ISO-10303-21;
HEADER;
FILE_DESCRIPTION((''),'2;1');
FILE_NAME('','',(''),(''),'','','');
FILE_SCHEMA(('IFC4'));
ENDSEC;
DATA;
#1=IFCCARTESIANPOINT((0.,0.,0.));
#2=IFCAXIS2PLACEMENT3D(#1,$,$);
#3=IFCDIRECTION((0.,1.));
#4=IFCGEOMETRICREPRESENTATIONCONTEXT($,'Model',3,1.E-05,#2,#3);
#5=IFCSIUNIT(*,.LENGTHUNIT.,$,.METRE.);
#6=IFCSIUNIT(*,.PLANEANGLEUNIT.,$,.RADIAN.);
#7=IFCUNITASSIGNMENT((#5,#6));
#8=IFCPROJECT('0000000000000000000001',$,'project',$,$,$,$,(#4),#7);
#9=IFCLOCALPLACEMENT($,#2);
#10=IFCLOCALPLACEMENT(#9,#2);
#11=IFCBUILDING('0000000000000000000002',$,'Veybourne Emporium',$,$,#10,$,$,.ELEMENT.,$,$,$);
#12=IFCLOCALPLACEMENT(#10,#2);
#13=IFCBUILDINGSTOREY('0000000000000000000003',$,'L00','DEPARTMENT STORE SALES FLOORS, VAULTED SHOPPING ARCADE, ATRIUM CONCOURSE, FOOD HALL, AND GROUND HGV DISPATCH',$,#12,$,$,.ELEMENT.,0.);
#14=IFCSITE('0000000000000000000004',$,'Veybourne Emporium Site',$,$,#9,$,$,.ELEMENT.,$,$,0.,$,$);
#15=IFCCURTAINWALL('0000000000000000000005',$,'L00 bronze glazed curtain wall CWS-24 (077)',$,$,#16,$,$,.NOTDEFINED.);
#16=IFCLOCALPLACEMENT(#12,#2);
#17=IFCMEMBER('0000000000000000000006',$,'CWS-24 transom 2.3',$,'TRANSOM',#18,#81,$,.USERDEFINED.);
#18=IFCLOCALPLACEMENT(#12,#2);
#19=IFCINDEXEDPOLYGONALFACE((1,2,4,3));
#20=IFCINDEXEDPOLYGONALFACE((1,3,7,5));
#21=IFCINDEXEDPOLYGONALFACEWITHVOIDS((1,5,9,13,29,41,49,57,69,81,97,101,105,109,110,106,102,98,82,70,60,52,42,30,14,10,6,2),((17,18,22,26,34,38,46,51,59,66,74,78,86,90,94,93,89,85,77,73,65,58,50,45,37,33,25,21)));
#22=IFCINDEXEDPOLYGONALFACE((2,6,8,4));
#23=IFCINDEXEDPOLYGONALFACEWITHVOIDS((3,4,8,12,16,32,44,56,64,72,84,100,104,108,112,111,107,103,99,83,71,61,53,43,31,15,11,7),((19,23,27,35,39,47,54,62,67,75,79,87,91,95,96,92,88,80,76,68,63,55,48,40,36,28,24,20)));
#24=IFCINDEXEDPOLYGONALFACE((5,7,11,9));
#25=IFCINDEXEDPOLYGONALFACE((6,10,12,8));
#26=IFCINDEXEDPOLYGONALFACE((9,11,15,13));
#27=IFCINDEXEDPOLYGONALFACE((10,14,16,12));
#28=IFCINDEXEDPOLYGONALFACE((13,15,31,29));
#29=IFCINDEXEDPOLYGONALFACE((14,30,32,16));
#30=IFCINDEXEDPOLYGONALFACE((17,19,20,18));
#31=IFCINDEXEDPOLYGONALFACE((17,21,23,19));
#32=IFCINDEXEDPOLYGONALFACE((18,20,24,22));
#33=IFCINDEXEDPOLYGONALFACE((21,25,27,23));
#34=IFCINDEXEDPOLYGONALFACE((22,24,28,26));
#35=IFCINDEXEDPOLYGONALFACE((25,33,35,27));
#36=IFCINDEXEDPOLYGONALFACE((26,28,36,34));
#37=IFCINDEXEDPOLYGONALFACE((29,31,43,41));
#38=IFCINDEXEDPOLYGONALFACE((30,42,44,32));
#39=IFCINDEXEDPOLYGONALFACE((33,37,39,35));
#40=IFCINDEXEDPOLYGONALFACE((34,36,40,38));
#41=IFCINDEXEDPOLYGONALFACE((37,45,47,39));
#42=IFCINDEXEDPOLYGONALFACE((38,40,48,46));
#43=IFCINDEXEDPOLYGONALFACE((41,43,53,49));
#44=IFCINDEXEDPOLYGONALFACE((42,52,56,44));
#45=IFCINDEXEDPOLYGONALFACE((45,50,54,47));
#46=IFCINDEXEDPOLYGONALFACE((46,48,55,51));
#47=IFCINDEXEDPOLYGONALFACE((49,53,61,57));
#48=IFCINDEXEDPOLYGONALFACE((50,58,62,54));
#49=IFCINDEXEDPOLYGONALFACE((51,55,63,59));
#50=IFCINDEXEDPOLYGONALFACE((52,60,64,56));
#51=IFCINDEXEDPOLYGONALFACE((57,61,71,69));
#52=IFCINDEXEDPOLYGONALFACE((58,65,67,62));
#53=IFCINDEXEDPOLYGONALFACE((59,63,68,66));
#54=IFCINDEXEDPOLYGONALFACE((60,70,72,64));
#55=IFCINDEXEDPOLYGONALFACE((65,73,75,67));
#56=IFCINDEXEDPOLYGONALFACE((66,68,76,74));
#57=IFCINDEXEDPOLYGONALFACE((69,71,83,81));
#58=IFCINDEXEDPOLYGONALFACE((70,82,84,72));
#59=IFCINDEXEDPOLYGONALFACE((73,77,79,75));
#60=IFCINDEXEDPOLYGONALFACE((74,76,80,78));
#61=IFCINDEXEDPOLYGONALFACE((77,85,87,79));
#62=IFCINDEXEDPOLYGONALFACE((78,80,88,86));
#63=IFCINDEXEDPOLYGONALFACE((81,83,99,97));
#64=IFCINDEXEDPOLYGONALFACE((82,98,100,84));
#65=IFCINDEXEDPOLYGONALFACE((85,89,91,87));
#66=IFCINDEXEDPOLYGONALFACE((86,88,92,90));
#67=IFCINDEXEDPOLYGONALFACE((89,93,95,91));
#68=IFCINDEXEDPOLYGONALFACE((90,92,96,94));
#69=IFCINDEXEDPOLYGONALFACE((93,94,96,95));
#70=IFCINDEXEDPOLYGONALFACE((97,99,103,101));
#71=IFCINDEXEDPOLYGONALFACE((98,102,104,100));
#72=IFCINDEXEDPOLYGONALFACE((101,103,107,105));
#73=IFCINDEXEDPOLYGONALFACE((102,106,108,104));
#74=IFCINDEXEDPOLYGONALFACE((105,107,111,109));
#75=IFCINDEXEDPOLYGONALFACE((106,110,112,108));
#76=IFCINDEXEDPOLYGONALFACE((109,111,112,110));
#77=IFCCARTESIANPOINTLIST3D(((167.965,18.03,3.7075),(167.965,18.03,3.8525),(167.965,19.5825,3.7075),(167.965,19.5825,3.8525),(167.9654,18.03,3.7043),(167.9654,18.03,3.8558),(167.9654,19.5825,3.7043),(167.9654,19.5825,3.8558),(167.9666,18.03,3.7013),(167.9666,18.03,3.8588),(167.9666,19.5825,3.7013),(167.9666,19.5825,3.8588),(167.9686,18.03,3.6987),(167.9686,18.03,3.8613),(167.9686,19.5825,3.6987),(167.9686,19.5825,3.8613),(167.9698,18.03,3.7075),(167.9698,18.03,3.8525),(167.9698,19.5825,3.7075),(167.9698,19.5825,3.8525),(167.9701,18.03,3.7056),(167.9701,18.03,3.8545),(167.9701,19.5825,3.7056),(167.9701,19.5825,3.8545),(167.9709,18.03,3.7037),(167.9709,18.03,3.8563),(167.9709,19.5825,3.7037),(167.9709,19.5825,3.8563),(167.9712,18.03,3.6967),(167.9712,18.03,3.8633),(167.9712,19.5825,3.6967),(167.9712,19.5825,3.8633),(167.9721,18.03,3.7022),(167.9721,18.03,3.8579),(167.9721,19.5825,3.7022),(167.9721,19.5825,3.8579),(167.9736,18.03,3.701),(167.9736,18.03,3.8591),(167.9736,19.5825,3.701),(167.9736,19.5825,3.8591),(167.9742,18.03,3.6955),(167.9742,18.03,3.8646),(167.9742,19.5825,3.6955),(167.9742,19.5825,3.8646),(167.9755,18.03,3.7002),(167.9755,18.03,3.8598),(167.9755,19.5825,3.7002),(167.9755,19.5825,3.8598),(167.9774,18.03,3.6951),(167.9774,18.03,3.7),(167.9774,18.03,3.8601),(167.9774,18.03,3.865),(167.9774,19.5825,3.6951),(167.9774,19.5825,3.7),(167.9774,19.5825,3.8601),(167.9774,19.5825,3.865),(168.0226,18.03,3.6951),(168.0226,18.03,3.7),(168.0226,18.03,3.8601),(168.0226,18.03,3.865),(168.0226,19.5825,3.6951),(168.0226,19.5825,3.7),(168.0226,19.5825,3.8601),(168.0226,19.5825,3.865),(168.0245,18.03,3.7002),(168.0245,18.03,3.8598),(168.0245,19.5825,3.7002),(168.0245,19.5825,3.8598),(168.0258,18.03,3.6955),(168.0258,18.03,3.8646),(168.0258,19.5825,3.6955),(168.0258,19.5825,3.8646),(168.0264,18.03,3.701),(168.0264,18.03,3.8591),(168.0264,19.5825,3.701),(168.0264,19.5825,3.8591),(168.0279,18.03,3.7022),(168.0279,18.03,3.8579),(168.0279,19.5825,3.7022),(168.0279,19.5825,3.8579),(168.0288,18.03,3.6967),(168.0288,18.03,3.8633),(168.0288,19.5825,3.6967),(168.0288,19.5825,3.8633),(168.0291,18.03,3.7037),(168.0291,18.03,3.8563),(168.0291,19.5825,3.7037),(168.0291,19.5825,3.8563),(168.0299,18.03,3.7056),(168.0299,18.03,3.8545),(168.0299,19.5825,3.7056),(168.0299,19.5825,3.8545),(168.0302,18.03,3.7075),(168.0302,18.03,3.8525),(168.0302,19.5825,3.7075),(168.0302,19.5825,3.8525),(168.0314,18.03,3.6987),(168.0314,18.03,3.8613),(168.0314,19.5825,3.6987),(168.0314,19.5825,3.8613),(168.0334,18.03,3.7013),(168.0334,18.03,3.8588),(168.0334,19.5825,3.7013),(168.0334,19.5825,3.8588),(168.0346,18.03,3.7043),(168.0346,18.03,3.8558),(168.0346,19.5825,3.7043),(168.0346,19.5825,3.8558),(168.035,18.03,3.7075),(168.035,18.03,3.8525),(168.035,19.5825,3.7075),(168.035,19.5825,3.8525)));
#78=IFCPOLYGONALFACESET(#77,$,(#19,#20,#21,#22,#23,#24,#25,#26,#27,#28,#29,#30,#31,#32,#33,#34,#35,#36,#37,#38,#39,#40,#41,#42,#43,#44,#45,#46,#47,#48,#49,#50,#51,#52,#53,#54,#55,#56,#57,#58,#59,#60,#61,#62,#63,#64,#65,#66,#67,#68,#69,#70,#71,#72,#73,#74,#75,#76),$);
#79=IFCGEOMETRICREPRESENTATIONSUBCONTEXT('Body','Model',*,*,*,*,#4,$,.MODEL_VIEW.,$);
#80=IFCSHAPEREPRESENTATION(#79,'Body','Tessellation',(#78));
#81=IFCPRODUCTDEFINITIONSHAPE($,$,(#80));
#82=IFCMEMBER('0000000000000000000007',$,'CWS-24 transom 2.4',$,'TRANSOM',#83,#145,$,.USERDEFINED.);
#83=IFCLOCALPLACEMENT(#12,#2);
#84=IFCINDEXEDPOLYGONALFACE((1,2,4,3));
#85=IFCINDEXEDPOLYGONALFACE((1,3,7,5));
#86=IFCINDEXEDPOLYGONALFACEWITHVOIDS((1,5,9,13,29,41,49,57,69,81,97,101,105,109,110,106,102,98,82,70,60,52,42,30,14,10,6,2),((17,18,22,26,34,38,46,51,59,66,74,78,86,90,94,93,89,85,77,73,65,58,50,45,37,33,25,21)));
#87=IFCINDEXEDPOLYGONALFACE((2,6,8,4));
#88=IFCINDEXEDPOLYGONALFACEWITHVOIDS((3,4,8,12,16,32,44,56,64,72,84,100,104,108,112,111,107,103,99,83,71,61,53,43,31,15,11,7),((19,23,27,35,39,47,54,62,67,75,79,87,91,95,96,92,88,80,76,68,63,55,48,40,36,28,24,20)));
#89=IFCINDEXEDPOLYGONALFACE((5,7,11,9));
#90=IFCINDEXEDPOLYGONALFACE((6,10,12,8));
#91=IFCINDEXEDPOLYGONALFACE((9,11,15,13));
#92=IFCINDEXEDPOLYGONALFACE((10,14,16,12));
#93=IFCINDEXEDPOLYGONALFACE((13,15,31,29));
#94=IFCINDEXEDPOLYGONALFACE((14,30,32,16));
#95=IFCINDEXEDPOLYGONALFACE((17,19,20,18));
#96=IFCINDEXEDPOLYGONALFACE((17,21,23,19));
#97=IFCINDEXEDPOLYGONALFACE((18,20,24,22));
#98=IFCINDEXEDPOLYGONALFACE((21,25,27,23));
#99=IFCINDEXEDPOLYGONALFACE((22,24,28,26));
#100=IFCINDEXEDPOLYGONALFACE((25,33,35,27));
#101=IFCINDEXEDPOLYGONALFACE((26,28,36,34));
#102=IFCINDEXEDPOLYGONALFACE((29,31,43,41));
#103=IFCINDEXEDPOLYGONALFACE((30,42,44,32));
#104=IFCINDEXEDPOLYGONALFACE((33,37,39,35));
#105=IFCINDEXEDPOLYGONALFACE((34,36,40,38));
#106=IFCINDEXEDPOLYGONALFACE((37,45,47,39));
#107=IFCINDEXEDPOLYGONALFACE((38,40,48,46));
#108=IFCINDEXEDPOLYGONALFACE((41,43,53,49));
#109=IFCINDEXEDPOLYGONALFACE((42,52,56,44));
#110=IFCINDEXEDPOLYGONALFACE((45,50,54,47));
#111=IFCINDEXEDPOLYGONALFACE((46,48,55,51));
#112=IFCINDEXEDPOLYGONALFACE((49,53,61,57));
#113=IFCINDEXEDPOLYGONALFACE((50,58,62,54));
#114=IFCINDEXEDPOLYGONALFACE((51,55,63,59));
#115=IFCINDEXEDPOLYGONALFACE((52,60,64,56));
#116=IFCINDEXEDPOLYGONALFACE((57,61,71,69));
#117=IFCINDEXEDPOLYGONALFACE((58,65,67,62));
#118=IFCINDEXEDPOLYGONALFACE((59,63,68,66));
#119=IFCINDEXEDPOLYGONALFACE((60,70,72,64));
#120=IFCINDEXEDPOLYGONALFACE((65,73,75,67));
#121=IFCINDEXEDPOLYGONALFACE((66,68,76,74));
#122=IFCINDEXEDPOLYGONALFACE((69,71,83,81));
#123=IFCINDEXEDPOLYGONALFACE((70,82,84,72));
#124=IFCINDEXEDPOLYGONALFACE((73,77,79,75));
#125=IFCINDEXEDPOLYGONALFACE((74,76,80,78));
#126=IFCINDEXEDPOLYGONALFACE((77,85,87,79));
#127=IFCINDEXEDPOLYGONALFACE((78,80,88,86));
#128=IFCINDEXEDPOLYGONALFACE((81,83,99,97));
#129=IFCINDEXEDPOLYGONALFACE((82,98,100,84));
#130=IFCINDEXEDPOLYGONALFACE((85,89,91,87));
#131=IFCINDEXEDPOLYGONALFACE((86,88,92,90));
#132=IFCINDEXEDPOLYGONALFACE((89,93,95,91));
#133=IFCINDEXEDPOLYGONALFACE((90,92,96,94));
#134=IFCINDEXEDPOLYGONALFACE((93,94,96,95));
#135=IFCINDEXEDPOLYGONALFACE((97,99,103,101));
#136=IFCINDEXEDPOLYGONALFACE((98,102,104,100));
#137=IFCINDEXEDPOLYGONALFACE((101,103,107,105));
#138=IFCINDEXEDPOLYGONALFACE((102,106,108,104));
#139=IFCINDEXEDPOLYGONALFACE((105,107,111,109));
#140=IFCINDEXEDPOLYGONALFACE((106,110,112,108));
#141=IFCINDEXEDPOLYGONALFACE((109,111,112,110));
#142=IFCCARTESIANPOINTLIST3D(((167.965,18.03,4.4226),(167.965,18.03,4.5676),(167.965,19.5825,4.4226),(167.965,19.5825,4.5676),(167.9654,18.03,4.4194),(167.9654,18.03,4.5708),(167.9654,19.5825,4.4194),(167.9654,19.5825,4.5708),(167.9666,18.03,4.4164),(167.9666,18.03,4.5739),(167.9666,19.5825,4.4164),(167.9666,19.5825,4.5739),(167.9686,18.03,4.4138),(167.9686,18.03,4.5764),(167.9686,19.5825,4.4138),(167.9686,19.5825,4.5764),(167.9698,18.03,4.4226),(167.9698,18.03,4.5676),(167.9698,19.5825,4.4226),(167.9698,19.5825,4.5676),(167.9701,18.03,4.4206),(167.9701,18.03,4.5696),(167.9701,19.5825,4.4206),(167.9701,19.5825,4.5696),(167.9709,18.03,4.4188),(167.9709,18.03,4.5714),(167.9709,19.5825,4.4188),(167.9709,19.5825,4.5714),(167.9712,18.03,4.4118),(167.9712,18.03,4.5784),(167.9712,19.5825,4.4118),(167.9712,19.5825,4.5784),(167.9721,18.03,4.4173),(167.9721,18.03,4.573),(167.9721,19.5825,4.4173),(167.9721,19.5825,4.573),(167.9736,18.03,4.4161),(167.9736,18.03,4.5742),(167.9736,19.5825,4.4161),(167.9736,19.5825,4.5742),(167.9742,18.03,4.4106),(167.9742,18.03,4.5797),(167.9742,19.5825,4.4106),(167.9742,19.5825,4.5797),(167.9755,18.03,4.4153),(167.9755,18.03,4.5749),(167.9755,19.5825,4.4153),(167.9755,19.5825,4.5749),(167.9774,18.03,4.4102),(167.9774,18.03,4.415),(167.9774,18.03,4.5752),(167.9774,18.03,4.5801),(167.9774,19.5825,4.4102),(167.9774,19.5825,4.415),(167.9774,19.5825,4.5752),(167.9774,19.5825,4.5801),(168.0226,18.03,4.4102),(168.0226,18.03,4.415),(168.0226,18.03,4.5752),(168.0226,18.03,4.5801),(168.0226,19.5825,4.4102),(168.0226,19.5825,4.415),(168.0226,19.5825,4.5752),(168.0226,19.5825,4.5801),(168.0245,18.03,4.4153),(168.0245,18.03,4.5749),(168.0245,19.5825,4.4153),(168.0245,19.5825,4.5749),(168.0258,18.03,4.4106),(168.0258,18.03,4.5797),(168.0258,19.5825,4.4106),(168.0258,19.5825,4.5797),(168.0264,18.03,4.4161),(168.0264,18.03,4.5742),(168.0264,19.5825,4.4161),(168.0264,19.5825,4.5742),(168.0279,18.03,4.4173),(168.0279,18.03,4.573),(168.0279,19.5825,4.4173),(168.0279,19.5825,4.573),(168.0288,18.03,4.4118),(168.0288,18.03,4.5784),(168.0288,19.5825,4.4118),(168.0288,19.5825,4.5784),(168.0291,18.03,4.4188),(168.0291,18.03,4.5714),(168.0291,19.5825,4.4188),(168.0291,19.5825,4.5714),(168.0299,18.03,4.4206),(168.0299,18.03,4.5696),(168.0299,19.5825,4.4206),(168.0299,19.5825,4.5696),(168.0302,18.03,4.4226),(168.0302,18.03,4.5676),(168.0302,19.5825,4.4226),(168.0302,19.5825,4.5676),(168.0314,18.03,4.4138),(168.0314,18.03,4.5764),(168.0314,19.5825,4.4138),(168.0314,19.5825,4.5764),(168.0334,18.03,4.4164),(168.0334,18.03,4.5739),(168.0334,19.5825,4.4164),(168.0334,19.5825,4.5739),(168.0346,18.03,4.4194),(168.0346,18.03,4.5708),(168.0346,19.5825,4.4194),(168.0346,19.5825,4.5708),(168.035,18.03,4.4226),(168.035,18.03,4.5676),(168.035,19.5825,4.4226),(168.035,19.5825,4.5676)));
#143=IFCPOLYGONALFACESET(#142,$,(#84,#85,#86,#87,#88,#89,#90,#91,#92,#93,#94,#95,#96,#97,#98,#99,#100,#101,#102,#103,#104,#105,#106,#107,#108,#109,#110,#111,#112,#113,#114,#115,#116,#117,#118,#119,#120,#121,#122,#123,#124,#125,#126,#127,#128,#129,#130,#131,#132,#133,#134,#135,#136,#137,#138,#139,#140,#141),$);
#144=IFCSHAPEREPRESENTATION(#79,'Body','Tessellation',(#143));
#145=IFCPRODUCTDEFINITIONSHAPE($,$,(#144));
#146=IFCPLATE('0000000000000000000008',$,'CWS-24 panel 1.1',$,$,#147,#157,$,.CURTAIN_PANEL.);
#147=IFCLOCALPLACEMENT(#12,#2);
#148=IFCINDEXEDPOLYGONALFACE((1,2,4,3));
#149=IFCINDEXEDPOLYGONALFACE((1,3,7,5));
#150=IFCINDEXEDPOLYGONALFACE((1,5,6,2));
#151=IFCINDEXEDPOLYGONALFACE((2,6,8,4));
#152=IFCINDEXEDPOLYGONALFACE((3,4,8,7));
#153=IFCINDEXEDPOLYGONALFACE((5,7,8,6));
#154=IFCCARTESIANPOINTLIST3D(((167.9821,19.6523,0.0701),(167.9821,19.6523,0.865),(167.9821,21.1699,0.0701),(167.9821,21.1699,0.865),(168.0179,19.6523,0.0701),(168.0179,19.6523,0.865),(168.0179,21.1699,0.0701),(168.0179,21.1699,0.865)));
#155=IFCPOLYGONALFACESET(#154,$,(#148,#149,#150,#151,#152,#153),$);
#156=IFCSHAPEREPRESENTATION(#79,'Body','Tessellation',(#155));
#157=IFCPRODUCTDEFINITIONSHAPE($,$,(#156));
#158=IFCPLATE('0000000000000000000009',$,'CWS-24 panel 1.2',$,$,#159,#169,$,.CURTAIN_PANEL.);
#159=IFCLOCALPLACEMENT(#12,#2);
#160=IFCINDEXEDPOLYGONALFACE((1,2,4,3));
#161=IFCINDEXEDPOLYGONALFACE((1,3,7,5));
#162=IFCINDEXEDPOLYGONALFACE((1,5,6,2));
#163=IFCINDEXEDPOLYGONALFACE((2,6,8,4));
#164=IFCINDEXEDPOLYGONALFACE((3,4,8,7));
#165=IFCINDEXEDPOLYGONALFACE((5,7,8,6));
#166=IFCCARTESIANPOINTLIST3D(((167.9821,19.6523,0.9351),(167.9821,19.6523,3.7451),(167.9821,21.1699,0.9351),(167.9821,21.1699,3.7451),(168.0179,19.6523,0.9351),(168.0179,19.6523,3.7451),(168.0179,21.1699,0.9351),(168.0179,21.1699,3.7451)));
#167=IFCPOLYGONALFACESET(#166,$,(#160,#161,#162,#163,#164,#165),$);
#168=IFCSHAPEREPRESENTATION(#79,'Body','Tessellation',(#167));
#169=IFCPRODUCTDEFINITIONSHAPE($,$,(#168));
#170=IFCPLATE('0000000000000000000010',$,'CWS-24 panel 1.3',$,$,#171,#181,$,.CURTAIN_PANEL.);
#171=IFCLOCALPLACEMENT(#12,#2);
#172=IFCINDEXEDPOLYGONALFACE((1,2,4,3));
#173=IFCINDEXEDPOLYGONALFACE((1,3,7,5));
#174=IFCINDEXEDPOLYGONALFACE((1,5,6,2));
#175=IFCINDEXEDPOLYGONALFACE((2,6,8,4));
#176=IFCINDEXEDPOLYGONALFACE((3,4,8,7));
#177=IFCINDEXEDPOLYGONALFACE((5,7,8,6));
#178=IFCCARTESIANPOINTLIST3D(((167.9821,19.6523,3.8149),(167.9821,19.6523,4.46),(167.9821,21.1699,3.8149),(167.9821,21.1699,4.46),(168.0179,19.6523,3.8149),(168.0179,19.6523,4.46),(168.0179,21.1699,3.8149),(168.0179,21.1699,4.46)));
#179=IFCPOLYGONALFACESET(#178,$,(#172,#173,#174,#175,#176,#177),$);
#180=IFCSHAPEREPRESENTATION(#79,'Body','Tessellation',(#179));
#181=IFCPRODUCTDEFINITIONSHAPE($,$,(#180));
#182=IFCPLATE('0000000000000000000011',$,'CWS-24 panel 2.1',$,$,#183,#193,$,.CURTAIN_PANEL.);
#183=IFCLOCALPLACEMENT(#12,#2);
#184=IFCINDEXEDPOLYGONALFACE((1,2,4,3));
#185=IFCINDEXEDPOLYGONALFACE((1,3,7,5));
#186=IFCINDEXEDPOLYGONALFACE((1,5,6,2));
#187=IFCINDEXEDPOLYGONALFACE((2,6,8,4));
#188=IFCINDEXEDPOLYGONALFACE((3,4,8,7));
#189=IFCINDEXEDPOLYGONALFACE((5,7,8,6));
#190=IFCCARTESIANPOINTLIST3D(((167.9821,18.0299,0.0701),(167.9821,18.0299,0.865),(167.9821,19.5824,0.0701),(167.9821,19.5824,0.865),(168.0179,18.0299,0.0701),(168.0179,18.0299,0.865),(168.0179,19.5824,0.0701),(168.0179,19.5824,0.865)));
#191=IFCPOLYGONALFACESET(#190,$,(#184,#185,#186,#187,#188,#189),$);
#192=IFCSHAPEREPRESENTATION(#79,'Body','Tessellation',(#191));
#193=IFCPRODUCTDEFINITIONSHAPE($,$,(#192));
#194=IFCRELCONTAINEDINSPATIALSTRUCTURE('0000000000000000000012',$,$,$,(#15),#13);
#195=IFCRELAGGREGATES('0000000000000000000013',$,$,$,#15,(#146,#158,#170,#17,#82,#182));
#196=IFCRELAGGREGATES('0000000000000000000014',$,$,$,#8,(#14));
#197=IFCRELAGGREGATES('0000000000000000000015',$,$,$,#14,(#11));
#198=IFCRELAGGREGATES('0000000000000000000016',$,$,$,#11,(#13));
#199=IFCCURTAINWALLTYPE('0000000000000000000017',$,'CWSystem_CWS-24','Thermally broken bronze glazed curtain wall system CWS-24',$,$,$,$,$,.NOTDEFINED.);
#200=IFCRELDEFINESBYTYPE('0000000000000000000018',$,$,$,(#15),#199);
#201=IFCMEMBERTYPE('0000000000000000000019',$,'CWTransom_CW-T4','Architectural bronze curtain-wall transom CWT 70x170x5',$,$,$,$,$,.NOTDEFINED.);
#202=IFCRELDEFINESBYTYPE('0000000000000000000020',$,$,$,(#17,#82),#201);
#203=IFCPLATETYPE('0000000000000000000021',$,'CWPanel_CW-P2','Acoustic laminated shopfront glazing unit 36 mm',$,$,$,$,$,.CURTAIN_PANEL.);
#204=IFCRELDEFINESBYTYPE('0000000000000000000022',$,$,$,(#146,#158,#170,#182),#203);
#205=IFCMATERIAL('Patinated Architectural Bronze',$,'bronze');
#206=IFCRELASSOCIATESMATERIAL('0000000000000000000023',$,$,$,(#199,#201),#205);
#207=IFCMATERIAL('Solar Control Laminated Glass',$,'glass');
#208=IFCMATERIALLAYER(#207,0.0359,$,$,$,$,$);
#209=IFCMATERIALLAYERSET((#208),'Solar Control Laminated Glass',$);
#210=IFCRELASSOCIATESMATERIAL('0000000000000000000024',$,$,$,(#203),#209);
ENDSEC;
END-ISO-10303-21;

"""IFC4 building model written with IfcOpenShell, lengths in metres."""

from ifc_helpers import new_model, si_unit, direction, frame, origin, origin_2d, place, context, subcontext, project, spatial, rectangle, hollow_rectangle, extrude, material, layer, layer_set, material_profile, profile_set, type_object, element, aggregate, save


model = new_model("IFC4")

# Units and contexts
model_context = context("Model", 3, precision=1e-05, world=origin(), true_north=direction((0.0, 1.0)))
body_context = subcontext(model_context, "Body", "Model", "MODEL_VIEW")
ifc_project = project(units=[si_unit("LENGTHUNIT", "METRE"), si_unit("PLANEANGLEUNIT", "RADIAN")], contexts=[model_context])

# Site, building, storey
site_placement = place(None, origin())
site = spatial("IfcSite", under=ifc_project, at=site_placement, Name="Veybourne Emporium Site", CompositionType="ELEMENT", RefElevation=0.0)
building_placement = place(site_placement, origin())
building = spatial("IfcBuilding", under=site, at=building_placement, Name="Veybourne Emporium", CompositionType="ELEMENT")
storey_placement = place(building_placement, origin())
storey = spatial("IfcBuildingStorey", under=building, at=storey_placement, Name="L00", Description="DEPARTMENT STORE SALES FLOORS, VAULTED SHOPPING ARCADE, ATRIUM CONCOURSE, FOOD HALL, AND GROUND HGV DISPATCH", CompositionType="ELEMENT", Elevation=0.0)

# Curtain wall
ifc_material_1 = material(Name="Patinated Architectural Bronze", Category="bronze")
curtain_wall_type_1 = type_object("IfcCurtainWallType", Name="CWSystem_CWS-24", Description="Thermally broken bronze glazed curtain wall system CWS-24", PredefinedType="NOTDEFINED", material=ifc_material_1)
curtain_wall_1_placement = place(storey_placement, origin())
curtain_wall_1 = element("IfcCurtainWall", 1, at=curtain_wall_1_placement, inside=storey, type_object=curtain_wall_type_1, Name="L00 bronze glazed curtain wall CWS-24 (077)", PredefinedType="NOTDEFINED")

# Members
ifc_material_profile_1 = material_profile(ifc_material_1, hollow_rectangle(XDim=0.0701, YDim=0.1699, WallThickness=0.0049, InnerFilletRadius=0.0076, OuterFilletRadius=0.0125, at=origin_2d()), Name="CWT 70x170x5")
ifc_profile_set_1 = profile_set([ifc_material_profile_1], Name="Patinated Architectural Bronze")
member_type_1 = type_object("IfcMemberType", Name="CWTransom_CW-T4", Description="Architectural bronze curtain-wall transom CWT 70x170x5", PredefinedType="NOTDEFINED", material=ifc_profile_set_1)
member_1_placement = place(storey_placement, frame((168.0, 19.5825, 3.78), z_axis=(0.0, -1.0, 0.0), x_axis=(1.0, 0.0, 0.0)))
member_1 = element("IfcMember", 2, at=member_1_placement, type_object=member_type_1, Name="CWS-24 transom 2.3", ObjectType="TRANSOM", PredefinedType="USERDEFINED", context=body_context, shape_type="SweptSolid", body=[
    extrude(hollow_rectangle(XDim=0.0701, YDim=0.1699, WallThickness=0.0049, InnerFilletRadius=0.0076, OuterFilletRadius=0.0125, at=origin_2d()), origin(), (0.0, 0.0, 1.0), 1.5525),
])
member_2_placement = place(storey_placement, frame((168.0, 19.5825, 4.4951), z_axis=(0.0, -1.0, 0.0), x_axis=(1.0, 0.0, 0.0)))
member_2 = element("IfcMember", 3, at=member_2_placement, type_object=member_type_1, Name="CWS-24 transom 2.4", ObjectType="TRANSOM", PredefinedType="USERDEFINED", context=body_context, shape_type="SweptSolid", body=[
    extrude(hollow_rectangle(XDim=0.0701, YDim=0.1699, WallThickness=0.0049, InnerFilletRadius=0.0076, OuterFilletRadius=0.0125, at=origin_2d()), origin(), (0.0, 0.0, 1.0), 1.5525),
])

# Plates
ifc_material_2 = material(Name="Solar Control Laminated Glass", Category="glass")
ifc_layer = layer(ifc_material_2, 0.0359)
ifc_layer_set = layer_set([ifc_layer], Name="Solar Control Laminated Glass")
plate_type = type_object("IfcPlateType", Name="CWPanel_CW-P2", Description="Acoustic laminated shopfront glazing unit 36 mm", PredefinedType="CURTAIN_PANEL", material=ifc_layer_set)
plate_1_placement = place(storey_placement, frame((168.0, 20.4111, 0.0701), z_axis=(0.0, 0.0, 1.0), x_axis=(0.0, -1.0, 0.0)))
plate_1 = element("IfcPlate", 4, at=plate_1_placement, type_object=plate_type, Name="CWS-24 panel 1.1", PredefinedType="CURTAIN_PANEL", context=body_context, shape_type="SweptSolid", body=[
    extrude(rectangle(XDim=1.5176, YDim=0.0359, at=origin_2d()), origin(), (0.0, 0.0, 1.0), 0.7949),
])
plate_2_placement = place(storey_placement, frame((168.0, 20.4111, 0.9351), z_axis=(0.0, 0.0, 1.0), x_axis=(0.0, -1.0, 0.0)))
plate_2 = element("IfcPlate", 5, at=plate_2_placement, type_object=plate_type, Name="CWS-24 panel 1.2", PredefinedType="CURTAIN_PANEL", context=body_context, shape_type="SweptSolid", body=[
    extrude(rectangle(XDim=1.5176, YDim=0.0359, at=origin_2d()), origin(), (0.0, 0.0, 1.0), 2.8101),
])
plate_3_placement = place(storey_placement, frame((168.0, 20.4111, 3.8149), z_axis=(0.0, 0.0, 1.0), x_axis=(0.0, -1.0, 0.0)))
plate_3 = element("IfcPlate", 6, at=plate_3_placement, type_object=plate_type, Name="CWS-24 panel 1.3", PredefinedType="CURTAIN_PANEL", context=body_context, shape_type="SweptSolid", body=[
    extrude(rectangle(XDim=1.5176, YDim=0.0359, at=origin_2d()), origin(), (0.0, 0.0, 1.0), 0.645),
])
plate_4_placement = place(storey_placement, frame((168.0, 18.8062, 0.0701), z_axis=(0.0, 0.0, 1.0), x_axis=(0.0, -1.0, 0.0)))
plate_4 = element("IfcPlate", 7, at=plate_4_placement, type_object=plate_type, Name="CWS-24 panel 2.1", PredefinedType="CURTAIN_PANEL", context=body_context, shape_type="SweptSolid", body=[
    extrude(rectangle(XDim=1.5525, YDim=0.0359, at=origin_2d()), origin(), (0.0, 0.0, 1.0), 0.7949),
])
aggregate(curtain_wall_1, [plate_1, plate_2, plate_3, member_1, member_2, plate_4])

save(model, "model.ifc")
